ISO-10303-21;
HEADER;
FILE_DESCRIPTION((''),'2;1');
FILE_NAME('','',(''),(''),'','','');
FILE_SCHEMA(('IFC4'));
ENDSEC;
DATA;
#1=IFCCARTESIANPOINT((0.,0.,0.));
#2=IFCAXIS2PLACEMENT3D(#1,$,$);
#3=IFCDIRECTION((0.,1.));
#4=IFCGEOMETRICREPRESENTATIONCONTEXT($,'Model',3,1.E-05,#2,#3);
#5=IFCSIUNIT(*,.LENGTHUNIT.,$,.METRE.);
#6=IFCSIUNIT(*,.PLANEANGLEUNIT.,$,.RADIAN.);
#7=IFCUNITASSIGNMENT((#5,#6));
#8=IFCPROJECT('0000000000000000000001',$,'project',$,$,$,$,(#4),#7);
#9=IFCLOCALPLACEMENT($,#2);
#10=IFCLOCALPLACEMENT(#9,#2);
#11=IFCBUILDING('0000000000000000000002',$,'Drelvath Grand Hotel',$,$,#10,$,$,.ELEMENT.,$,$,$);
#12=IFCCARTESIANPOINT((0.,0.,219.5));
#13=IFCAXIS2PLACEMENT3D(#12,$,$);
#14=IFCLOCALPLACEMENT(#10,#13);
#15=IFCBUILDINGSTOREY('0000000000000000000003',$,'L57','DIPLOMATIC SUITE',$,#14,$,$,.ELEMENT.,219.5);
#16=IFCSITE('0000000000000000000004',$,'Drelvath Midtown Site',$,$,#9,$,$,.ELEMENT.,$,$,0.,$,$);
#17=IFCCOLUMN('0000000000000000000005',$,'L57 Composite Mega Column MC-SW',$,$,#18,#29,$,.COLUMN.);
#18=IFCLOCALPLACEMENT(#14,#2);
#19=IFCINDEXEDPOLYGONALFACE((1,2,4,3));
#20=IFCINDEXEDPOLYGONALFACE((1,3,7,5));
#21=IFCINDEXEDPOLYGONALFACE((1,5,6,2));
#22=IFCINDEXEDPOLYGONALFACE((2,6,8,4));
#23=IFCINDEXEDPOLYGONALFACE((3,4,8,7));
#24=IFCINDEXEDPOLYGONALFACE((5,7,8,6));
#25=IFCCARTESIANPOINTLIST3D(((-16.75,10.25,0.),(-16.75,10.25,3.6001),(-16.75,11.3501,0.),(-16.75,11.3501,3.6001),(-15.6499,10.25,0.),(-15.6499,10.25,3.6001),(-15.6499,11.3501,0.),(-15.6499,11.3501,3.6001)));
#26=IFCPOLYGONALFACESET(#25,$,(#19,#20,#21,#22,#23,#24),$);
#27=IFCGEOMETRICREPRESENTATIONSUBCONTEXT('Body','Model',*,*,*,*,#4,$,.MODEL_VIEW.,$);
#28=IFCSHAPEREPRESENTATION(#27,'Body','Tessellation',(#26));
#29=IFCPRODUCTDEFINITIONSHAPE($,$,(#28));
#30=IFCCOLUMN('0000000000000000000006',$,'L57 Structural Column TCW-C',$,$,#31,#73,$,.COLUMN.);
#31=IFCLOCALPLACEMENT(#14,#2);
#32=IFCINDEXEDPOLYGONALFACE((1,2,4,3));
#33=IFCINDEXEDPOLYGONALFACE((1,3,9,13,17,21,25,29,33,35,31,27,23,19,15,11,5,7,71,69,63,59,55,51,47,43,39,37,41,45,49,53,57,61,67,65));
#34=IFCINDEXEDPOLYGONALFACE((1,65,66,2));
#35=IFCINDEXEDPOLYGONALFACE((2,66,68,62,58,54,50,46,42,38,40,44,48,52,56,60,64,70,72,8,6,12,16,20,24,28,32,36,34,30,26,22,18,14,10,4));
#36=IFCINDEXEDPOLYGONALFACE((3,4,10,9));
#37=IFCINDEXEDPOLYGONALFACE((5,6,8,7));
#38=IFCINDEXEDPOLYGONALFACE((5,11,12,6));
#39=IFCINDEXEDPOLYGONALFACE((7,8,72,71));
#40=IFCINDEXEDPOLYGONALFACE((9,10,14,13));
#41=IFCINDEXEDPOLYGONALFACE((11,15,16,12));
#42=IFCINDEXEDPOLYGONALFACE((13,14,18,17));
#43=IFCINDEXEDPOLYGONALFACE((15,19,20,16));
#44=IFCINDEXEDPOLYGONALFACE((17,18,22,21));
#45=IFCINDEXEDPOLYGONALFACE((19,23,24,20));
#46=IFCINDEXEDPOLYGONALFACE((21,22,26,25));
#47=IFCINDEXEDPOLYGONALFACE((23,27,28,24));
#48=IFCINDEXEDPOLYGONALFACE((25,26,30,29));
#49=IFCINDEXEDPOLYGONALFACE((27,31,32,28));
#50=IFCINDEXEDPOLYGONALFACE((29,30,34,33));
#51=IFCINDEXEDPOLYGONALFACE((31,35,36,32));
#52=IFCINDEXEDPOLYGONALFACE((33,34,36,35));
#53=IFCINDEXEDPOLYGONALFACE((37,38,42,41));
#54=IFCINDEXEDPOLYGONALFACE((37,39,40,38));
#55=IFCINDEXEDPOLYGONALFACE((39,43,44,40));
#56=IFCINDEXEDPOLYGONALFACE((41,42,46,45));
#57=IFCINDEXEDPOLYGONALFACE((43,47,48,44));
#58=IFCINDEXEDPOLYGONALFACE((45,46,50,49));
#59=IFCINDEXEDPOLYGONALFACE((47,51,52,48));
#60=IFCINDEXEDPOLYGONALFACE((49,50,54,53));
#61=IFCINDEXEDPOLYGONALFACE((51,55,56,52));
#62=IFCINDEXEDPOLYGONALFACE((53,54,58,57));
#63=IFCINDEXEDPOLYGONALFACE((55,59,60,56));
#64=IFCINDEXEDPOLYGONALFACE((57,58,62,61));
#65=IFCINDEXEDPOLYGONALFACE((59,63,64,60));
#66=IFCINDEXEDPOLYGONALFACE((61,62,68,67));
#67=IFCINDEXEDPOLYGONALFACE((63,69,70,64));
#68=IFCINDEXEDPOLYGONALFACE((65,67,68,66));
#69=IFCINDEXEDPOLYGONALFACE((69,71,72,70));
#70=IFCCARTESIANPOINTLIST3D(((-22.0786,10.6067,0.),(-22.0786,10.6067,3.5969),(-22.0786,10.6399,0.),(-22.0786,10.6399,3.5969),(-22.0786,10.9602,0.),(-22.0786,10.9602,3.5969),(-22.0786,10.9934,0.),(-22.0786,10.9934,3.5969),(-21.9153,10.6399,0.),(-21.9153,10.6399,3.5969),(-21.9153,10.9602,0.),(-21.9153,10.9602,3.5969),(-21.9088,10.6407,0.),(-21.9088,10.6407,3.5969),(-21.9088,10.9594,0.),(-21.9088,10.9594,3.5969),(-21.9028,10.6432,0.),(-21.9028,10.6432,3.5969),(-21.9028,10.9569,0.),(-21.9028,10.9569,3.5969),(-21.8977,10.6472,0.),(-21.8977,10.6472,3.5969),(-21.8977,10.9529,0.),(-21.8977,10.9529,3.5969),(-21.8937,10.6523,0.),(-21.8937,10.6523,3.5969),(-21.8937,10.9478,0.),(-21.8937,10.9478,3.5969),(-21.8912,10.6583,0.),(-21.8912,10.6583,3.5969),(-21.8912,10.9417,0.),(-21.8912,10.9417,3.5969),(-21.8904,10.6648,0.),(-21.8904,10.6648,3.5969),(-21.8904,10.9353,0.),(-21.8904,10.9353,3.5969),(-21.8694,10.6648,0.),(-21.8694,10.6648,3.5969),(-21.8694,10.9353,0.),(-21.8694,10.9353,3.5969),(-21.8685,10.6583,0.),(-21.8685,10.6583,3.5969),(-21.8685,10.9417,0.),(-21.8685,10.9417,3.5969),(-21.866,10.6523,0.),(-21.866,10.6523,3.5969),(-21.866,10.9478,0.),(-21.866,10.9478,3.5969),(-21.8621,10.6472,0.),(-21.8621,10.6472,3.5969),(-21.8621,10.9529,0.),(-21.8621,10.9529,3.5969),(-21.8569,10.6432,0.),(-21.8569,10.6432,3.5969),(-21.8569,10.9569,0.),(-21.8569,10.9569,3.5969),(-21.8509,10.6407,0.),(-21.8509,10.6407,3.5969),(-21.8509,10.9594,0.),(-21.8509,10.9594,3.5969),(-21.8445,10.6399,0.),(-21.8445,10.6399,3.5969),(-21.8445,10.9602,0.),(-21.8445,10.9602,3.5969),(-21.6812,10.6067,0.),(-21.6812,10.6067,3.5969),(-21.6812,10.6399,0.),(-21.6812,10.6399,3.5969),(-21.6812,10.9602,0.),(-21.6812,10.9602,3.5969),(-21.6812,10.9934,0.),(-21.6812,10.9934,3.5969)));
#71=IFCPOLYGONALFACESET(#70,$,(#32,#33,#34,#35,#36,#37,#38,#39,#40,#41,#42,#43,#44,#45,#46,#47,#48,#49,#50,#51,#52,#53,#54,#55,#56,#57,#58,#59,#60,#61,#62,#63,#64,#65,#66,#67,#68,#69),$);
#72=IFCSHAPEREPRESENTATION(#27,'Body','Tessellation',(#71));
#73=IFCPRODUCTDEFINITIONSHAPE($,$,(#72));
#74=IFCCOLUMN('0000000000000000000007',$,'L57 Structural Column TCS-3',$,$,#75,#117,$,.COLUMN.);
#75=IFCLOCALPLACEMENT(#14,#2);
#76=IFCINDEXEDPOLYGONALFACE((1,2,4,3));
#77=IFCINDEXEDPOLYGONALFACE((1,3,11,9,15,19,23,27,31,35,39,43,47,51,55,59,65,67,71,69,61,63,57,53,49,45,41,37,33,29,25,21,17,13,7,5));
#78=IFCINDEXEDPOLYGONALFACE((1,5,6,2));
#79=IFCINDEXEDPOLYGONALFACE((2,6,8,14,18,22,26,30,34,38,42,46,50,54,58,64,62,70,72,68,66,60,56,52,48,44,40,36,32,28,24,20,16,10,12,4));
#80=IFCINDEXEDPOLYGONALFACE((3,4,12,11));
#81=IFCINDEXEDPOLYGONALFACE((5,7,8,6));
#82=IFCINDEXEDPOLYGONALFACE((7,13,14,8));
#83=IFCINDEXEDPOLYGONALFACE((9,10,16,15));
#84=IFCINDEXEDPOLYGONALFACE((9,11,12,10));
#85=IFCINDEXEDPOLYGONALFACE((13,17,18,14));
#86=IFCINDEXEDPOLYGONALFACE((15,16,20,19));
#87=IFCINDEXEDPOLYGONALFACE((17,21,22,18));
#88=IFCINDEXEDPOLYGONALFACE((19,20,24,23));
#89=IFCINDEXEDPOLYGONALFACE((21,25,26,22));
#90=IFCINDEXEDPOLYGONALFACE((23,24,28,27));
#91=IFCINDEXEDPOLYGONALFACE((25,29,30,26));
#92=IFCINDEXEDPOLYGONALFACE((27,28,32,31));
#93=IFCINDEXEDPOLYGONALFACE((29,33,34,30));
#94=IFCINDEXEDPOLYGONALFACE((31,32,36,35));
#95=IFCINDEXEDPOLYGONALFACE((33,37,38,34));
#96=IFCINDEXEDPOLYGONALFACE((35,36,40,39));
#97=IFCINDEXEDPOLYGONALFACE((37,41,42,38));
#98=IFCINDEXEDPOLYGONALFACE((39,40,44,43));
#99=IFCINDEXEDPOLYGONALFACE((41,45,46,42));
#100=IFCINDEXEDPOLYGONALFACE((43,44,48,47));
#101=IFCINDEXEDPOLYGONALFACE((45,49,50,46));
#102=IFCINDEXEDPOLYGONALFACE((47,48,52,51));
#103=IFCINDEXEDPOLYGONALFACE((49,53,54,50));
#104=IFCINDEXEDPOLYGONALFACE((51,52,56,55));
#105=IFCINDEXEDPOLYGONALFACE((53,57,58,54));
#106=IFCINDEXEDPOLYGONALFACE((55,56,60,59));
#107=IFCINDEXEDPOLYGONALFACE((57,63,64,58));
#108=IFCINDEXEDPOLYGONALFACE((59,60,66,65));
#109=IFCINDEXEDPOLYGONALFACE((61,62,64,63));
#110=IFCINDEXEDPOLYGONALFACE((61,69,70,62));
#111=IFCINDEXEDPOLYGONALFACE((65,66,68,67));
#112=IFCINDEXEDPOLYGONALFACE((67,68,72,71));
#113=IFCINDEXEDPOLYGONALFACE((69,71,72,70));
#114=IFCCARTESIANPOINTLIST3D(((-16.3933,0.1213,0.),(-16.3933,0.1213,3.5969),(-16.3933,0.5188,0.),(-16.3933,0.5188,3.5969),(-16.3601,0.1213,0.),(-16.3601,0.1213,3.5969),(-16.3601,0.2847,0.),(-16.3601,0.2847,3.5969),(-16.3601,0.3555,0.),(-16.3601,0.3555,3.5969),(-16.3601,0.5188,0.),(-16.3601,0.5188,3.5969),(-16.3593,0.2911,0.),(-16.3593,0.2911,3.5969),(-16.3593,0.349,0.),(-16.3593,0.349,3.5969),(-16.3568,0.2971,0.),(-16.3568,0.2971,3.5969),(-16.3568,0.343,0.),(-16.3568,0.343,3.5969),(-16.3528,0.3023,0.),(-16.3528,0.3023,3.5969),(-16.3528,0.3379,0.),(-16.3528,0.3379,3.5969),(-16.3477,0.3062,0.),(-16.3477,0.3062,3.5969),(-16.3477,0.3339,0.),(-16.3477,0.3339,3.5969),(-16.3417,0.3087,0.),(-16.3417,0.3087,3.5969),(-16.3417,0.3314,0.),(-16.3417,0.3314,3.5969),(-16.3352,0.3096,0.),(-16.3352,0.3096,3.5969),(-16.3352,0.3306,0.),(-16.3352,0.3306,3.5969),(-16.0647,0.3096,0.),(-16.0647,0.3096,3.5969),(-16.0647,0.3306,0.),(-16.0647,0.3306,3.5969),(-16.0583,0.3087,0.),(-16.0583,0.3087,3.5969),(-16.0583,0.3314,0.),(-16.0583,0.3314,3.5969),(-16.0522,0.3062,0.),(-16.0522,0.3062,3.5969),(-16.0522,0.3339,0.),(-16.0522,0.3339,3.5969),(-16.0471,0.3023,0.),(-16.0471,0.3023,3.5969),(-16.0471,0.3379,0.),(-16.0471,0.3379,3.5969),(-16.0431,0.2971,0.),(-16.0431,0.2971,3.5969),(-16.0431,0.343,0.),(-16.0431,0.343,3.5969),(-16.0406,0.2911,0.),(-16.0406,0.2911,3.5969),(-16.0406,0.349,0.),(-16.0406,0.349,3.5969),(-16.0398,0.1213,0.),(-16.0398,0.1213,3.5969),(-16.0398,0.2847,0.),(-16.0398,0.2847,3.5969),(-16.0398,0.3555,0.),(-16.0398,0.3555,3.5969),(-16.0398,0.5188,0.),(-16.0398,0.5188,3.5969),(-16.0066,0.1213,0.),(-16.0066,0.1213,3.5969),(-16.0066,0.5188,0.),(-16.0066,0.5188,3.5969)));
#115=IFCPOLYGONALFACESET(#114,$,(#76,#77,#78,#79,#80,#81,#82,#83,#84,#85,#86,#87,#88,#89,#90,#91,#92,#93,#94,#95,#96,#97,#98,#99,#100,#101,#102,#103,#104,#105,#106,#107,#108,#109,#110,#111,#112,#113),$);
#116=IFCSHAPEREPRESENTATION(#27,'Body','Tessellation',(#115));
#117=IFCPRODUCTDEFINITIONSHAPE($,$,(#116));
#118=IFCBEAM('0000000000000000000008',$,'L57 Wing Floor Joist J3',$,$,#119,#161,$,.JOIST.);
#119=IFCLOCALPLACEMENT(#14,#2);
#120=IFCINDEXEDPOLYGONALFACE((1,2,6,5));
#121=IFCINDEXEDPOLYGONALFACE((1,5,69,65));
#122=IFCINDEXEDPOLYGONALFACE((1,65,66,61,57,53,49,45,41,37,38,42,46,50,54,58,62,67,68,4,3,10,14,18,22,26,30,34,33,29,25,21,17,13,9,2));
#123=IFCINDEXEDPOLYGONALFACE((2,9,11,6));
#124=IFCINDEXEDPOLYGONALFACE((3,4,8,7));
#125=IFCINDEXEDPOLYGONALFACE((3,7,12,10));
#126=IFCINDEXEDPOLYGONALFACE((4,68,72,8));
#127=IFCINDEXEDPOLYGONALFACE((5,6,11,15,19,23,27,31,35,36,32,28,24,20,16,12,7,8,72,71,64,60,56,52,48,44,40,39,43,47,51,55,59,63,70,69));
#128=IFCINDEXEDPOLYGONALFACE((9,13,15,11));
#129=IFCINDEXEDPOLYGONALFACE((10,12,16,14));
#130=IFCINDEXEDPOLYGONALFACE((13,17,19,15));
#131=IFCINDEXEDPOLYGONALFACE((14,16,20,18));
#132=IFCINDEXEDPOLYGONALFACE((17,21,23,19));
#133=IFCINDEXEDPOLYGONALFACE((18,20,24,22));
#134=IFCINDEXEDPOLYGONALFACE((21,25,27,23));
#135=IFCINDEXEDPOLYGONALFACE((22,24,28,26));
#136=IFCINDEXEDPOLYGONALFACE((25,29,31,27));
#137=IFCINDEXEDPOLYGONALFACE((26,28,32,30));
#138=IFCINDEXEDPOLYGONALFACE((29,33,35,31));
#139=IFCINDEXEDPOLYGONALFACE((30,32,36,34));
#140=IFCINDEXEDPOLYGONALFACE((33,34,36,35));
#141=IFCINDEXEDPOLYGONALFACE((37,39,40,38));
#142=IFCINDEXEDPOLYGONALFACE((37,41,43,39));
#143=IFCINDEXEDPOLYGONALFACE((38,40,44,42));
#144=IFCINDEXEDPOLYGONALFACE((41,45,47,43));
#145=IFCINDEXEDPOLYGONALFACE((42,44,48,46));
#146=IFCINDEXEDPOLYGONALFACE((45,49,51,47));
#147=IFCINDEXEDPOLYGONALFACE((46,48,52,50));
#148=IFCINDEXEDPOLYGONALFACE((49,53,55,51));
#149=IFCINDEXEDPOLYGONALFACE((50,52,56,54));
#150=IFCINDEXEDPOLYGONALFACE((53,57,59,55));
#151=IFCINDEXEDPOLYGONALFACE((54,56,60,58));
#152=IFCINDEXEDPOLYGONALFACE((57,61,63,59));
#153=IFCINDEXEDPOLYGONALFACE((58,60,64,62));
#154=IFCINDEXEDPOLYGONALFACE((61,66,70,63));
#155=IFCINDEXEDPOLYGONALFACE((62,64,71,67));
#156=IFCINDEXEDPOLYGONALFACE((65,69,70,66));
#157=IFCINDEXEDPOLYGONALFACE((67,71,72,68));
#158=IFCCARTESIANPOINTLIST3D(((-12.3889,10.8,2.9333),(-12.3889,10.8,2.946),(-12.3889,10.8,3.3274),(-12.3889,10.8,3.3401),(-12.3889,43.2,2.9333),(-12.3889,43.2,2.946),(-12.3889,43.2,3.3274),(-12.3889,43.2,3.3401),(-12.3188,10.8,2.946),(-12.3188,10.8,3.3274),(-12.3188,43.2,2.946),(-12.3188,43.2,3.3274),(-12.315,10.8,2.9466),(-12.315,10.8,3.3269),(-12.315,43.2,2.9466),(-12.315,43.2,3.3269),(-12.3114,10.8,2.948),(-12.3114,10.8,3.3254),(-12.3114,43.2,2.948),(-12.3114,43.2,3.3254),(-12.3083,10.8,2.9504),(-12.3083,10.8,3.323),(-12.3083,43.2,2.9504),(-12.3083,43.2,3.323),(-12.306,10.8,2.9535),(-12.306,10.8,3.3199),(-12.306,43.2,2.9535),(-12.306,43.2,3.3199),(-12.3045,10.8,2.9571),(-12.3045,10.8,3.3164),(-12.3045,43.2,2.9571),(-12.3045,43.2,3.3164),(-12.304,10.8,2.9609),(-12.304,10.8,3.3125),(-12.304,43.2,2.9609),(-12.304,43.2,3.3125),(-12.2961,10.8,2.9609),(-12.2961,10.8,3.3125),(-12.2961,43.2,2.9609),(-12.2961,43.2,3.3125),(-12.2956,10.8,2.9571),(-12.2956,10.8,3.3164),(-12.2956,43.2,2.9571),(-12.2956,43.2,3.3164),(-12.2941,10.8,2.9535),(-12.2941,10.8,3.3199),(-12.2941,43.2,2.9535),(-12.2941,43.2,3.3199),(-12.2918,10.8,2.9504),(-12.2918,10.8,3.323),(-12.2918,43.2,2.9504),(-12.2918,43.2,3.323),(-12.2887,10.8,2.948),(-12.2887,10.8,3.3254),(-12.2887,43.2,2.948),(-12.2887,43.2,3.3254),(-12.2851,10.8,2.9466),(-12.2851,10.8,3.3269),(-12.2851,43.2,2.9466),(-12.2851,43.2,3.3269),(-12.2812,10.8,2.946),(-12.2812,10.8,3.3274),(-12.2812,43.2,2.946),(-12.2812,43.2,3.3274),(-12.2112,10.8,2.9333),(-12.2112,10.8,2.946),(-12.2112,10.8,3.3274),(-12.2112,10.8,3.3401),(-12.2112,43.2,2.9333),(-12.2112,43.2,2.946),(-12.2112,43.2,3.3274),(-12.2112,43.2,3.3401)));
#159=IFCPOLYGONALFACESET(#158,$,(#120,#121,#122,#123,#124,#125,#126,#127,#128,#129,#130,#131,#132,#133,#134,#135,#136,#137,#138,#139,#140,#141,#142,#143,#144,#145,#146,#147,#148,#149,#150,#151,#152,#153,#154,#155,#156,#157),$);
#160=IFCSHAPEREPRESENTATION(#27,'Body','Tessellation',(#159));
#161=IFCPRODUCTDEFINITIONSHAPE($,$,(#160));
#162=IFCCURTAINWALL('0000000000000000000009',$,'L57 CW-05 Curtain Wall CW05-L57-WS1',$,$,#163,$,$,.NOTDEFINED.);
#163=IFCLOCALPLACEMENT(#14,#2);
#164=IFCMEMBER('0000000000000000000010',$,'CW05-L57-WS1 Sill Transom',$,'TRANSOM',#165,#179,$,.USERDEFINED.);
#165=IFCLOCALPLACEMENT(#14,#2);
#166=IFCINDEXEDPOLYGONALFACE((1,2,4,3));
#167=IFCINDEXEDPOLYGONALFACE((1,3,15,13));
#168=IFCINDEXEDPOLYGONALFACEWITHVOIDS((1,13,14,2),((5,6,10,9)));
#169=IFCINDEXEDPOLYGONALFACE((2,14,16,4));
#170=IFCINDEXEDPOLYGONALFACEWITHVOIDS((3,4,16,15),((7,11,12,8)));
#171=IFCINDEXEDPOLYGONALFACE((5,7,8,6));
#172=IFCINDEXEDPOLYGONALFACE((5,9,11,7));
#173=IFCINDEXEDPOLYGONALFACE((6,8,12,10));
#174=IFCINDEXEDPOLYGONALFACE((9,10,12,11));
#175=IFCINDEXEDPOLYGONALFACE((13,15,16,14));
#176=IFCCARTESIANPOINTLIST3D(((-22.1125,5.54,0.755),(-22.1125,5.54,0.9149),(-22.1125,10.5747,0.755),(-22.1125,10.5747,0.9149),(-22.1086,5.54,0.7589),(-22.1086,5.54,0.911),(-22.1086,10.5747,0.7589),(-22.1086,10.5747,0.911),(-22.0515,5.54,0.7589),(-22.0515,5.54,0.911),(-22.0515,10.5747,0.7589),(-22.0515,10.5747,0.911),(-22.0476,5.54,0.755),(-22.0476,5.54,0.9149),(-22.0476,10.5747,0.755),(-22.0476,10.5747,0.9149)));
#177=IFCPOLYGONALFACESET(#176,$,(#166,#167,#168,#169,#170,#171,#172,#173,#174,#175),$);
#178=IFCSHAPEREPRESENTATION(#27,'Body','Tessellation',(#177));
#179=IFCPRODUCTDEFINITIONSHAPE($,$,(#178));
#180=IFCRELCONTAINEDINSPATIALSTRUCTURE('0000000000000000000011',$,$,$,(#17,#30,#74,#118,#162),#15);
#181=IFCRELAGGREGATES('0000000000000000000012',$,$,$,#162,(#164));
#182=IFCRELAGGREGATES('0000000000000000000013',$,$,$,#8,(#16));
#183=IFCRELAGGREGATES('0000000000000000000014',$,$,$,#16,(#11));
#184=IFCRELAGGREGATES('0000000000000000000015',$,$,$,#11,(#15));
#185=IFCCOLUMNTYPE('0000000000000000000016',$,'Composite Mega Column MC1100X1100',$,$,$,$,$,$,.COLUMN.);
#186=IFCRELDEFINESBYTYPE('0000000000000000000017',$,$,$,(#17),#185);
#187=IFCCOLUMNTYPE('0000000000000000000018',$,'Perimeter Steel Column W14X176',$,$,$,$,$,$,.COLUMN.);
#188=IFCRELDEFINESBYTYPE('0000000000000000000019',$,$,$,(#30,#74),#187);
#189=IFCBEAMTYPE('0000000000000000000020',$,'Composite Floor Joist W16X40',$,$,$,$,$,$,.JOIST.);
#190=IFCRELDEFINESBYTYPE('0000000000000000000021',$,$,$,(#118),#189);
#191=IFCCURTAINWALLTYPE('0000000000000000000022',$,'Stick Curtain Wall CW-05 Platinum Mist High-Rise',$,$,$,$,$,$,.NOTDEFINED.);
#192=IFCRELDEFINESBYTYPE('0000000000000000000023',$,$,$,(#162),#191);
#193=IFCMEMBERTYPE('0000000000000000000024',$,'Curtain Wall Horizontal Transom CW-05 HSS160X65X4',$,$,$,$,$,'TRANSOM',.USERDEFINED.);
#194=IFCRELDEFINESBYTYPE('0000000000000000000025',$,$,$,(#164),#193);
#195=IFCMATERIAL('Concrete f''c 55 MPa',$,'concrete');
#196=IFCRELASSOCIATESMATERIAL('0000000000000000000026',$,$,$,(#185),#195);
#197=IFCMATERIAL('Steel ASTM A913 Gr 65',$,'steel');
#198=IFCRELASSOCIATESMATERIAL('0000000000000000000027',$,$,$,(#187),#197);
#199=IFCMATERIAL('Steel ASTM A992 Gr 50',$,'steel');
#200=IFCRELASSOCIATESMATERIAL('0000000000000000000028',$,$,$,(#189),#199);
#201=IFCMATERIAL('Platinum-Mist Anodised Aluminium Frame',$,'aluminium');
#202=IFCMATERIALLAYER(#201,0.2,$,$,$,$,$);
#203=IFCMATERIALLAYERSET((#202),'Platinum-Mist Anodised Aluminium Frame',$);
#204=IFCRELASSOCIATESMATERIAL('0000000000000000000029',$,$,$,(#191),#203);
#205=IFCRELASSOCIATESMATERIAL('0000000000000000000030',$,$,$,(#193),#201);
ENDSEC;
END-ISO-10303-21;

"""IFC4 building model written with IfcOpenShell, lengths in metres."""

from ifc_helpers import new_model, si_unit, direction, frame, origin, origin_2d, place, context, subcontext, project, spatial, rectangle, hollow_rectangle, i_section, extrude, material, layer, layer_set, material_profile, profile_set, type_object, element, aggregate, save


model = new_model("IFC4")

# Units and contexts
model_context = context("Model", 3, precision=1e-05, world=origin(), true_north=direction((0.0, 1.0)))
body_context = subcontext(model_context, "Body", "Model", "MODEL_VIEW")
ifc_project = project(units=[si_unit("LENGTHUNIT", "METRE"), si_unit("PLANEANGLEUNIT", "RADIAN")], contexts=[model_context])

# Site, building, storey
site_placement = place(None, origin())
site = spatial("IfcSite", under=ifc_project, at=site_placement, Name="Drelvath Midtown Site", CompositionType="ELEMENT", RefElevation=0.0)
building_placement = place(site_placement, origin())
building = spatial("IfcBuilding", under=site, at=building_placement, Name="Drelvath Grand Hotel", CompositionType="ELEMENT")
storey_placement = place(building_placement, frame((0.0, 0.0, 219.5)))
storey = spatial("IfcBuildingStorey", under=building, at=storey_placement, Name="L57", Description="DIPLOMATIC SUITE", CompositionType="ELEMENT", Elevation=219.5)

# Columns
ifc_material_1 = material(Name="Concrete f'c 55 MPa", Category="concrete")
ifc_material_profile_1 = material_profile(ifc_material_1, rectangle(XDim=1.1001, YDim=1.1001, at=origin_2d()), Name="MC1100X1100")
ifc_profile_set_1 = profile_set([ifc_material_profile_1], Name="Concrete f'c 55 MPa")
column_type_1 = type_object("IfcColumnType", Name="Composite Mega Column MC1100X1100", PredefinedType="COLUMN", material=ifc_profile_set_1)
column_placement = place(storey_placement, frame((-16.2, 10.8, 0.0), z_axis=(0.0, 0.0, 1.0), x_axis=(1.0, 0.0, 0.0)))
element("IfcColumn", 1, at=column_placement, inside=storey, type_object=column_type_1, Name="L57 Composite Mega Column MC-SW", PredefinedType="COLUMN", context=body_context, shape_type="SweptSolid", body=[
    extrude(rectangle(XDim=1.1001, YDim=1.1001, at=origin_2d()), origin(), (0.0, 0.0, 1.0), 3.6001),
])
ifc_material_2 = material(Name="Steel ASTM A913 Gr 65", Category="steel")
ifc_material_profile_2 = material_profile(ifc_material_2, i_section(OverallWidth=0.3975, OverallDepth=0.3867, WebThickness=0.021, FlangeThickness=0.0332, FilletRadius=0.0249, at=origin_2d()), Name="W14X176")
ifc_profile_set_2 = profile_set([ifc_material_profile_2], Name="Steel ASTM A913 Gr 65")
column_type_2 = type_object("IfcColumnType", Name="Perimeter Steel Column W14X176", PredefinedType="COLUMN", material=ifc_profile_set_2)
for number, where, z_axis, x_axis, name in (
    (2, (-21.8799, 10.8, 0.0), (0.0, 0.0, 1.0), (1.0, 0.0, 0.0), "L57 Structural Column TCW-C"),
    (3, (-16.2, 0.3201, 0.0), (0.0, 0.0, 1.0), (0.0, 1.0, 0.0), "L57 Structural Column TCS-3"),
):
    element("IfcColumn", number, at=place(storey_placement, frame(where, z_axis=z_axis, x_axis=x_axis)), inside=storey, type_object=column_type_2, Name=name, PredefinedType="COLUMN", context=body_context, shape_type="SweptSolid", body=[
        extrude(i_section(OverallWidth=0.3975, OverallDepth=0.3867, WebThickness=0.021, FlangeThickness=0.0332, FilletRadius=0.0249, at=origin_2d()), origin(), (0.0, 0.0, 1.0), 3.5969),
    ])

# Beam
ifc_material_3 = material(Name="Steel ASTM A992 Gr 50", Category="steel")
ifc_material_profile_3 = material_profile(ifc_material_3, i_section(OverallWidth=0.1777, OverallDepth=0.4067, WebThickness=0.0078, FlangeThickness=0.0127, FilletRadius=0.0149, at=origin_2d()), Name="W16X40")
ifc_profile_set_3 = profile_set([ifc_material_profile_3], Name="Steel ASTM A992 Gr 50")
beam_type_1 = type_object("IfcBeamType", Name="Composite Floor Joist W16X40", PredefinedType="JOIST", material=ifc_profile_set_3)
beam_1_placement = place(storey_placement, frame((-12.3, 10.8, 3.1367), z_axis=(0.0, 1.0, 0.0), x_axis=(-1.0, 0.0, 0.0)))
element("IfcBeam", 4, at=beam_1_placement, inside=storey, type_object=beam_type_1, Name="L57 Wing Floor Joist J3", PredefinedType="JOIST", context=body_context, shape_type="SweptSolid", body=[
    extrude(i_section(OverallWidth=0.1777, OverallDepth=0.4067, WebThickness=0.0078, FlangeThickness=0.0127, FilletRadius=0.0149, at=origin_2d()), origin(), (0.0, 0.0, 1.0), 32.3999),
])

# Curtain wall, member
ifc_material_4 = material(Name="Platinum-Mist Anodised Aluminium Frame", Category="aluminium")
ifc_layer_1 = layer(ifc_material_4, 0.2)
ifc_layer_set_1 = layer_set([ifc_layer_1], Name="Platinum-Mist Anodised Aluminium Frame")
curtain_wall_type = type_object("IfcCurtainWallType", Name="Stick Curtain Wall CW-05 Platinum Mist High-Rise", PredefinedType="NOTDEFINED", material=ifc_layer_set_1)
curtain_wall_1_placement = place(storey_placement, origin())
curtain_wall_1 = element("IfcCurtainWall", 5, at=curtain_wall_1_placement, inside=storey, type_object=curtain_wall_type, Name="L57 CW-05 Curtain Wall CW05-L57-WS1", PredefinedType="NOTDEFINED")
ifc_material_profile_4 = material_profile(ifc_material_4, hollow_rectangle(XDim=0.0649, YDim=0.1599, WallThickness=0.0039, at=origin_2d()), Name="HSS160X65X4")
ifc_profile_set_4 = profile_set([ifc_material_profile_4], Name="Platinum-Mist Anodised Aluminium Frame")
member_type_1 = type_object("IfcMemberType", Name="Curtain Wall Horizontal Transom CW-05 HSS160X65X4", ElementType="TRANSOM", PredefinedType="USERDEFINED", material=ifc_profile_set_4)
member_1_placement = place(storey_placement, frame((-22.0801, 5.54, 0.835), z_axis=(0.0, 1.0, 0.0), x_axis=(-1.0, 0.0, 0.0)))
member_1 = element("IfcMember", 6, at=member_1_placement, type_object=member_type_1, Name="CW05-L57-WS1 Sill Transom", ObjectType="TRANSOM", PredefinedType="USERDEFINED", context=body_context, shape_type="SweptSolid", body=[
    extrude(hollow_rectangle(XDim=0.0649, YDim=0.1599, WallThickness=0.0039, at=origin_2d()), origin(), (0.0, 0.0, 1.0), 5.0347),
])

aggregate(curtain_wall_1, [member_1])

save(model, "model.ifc")
